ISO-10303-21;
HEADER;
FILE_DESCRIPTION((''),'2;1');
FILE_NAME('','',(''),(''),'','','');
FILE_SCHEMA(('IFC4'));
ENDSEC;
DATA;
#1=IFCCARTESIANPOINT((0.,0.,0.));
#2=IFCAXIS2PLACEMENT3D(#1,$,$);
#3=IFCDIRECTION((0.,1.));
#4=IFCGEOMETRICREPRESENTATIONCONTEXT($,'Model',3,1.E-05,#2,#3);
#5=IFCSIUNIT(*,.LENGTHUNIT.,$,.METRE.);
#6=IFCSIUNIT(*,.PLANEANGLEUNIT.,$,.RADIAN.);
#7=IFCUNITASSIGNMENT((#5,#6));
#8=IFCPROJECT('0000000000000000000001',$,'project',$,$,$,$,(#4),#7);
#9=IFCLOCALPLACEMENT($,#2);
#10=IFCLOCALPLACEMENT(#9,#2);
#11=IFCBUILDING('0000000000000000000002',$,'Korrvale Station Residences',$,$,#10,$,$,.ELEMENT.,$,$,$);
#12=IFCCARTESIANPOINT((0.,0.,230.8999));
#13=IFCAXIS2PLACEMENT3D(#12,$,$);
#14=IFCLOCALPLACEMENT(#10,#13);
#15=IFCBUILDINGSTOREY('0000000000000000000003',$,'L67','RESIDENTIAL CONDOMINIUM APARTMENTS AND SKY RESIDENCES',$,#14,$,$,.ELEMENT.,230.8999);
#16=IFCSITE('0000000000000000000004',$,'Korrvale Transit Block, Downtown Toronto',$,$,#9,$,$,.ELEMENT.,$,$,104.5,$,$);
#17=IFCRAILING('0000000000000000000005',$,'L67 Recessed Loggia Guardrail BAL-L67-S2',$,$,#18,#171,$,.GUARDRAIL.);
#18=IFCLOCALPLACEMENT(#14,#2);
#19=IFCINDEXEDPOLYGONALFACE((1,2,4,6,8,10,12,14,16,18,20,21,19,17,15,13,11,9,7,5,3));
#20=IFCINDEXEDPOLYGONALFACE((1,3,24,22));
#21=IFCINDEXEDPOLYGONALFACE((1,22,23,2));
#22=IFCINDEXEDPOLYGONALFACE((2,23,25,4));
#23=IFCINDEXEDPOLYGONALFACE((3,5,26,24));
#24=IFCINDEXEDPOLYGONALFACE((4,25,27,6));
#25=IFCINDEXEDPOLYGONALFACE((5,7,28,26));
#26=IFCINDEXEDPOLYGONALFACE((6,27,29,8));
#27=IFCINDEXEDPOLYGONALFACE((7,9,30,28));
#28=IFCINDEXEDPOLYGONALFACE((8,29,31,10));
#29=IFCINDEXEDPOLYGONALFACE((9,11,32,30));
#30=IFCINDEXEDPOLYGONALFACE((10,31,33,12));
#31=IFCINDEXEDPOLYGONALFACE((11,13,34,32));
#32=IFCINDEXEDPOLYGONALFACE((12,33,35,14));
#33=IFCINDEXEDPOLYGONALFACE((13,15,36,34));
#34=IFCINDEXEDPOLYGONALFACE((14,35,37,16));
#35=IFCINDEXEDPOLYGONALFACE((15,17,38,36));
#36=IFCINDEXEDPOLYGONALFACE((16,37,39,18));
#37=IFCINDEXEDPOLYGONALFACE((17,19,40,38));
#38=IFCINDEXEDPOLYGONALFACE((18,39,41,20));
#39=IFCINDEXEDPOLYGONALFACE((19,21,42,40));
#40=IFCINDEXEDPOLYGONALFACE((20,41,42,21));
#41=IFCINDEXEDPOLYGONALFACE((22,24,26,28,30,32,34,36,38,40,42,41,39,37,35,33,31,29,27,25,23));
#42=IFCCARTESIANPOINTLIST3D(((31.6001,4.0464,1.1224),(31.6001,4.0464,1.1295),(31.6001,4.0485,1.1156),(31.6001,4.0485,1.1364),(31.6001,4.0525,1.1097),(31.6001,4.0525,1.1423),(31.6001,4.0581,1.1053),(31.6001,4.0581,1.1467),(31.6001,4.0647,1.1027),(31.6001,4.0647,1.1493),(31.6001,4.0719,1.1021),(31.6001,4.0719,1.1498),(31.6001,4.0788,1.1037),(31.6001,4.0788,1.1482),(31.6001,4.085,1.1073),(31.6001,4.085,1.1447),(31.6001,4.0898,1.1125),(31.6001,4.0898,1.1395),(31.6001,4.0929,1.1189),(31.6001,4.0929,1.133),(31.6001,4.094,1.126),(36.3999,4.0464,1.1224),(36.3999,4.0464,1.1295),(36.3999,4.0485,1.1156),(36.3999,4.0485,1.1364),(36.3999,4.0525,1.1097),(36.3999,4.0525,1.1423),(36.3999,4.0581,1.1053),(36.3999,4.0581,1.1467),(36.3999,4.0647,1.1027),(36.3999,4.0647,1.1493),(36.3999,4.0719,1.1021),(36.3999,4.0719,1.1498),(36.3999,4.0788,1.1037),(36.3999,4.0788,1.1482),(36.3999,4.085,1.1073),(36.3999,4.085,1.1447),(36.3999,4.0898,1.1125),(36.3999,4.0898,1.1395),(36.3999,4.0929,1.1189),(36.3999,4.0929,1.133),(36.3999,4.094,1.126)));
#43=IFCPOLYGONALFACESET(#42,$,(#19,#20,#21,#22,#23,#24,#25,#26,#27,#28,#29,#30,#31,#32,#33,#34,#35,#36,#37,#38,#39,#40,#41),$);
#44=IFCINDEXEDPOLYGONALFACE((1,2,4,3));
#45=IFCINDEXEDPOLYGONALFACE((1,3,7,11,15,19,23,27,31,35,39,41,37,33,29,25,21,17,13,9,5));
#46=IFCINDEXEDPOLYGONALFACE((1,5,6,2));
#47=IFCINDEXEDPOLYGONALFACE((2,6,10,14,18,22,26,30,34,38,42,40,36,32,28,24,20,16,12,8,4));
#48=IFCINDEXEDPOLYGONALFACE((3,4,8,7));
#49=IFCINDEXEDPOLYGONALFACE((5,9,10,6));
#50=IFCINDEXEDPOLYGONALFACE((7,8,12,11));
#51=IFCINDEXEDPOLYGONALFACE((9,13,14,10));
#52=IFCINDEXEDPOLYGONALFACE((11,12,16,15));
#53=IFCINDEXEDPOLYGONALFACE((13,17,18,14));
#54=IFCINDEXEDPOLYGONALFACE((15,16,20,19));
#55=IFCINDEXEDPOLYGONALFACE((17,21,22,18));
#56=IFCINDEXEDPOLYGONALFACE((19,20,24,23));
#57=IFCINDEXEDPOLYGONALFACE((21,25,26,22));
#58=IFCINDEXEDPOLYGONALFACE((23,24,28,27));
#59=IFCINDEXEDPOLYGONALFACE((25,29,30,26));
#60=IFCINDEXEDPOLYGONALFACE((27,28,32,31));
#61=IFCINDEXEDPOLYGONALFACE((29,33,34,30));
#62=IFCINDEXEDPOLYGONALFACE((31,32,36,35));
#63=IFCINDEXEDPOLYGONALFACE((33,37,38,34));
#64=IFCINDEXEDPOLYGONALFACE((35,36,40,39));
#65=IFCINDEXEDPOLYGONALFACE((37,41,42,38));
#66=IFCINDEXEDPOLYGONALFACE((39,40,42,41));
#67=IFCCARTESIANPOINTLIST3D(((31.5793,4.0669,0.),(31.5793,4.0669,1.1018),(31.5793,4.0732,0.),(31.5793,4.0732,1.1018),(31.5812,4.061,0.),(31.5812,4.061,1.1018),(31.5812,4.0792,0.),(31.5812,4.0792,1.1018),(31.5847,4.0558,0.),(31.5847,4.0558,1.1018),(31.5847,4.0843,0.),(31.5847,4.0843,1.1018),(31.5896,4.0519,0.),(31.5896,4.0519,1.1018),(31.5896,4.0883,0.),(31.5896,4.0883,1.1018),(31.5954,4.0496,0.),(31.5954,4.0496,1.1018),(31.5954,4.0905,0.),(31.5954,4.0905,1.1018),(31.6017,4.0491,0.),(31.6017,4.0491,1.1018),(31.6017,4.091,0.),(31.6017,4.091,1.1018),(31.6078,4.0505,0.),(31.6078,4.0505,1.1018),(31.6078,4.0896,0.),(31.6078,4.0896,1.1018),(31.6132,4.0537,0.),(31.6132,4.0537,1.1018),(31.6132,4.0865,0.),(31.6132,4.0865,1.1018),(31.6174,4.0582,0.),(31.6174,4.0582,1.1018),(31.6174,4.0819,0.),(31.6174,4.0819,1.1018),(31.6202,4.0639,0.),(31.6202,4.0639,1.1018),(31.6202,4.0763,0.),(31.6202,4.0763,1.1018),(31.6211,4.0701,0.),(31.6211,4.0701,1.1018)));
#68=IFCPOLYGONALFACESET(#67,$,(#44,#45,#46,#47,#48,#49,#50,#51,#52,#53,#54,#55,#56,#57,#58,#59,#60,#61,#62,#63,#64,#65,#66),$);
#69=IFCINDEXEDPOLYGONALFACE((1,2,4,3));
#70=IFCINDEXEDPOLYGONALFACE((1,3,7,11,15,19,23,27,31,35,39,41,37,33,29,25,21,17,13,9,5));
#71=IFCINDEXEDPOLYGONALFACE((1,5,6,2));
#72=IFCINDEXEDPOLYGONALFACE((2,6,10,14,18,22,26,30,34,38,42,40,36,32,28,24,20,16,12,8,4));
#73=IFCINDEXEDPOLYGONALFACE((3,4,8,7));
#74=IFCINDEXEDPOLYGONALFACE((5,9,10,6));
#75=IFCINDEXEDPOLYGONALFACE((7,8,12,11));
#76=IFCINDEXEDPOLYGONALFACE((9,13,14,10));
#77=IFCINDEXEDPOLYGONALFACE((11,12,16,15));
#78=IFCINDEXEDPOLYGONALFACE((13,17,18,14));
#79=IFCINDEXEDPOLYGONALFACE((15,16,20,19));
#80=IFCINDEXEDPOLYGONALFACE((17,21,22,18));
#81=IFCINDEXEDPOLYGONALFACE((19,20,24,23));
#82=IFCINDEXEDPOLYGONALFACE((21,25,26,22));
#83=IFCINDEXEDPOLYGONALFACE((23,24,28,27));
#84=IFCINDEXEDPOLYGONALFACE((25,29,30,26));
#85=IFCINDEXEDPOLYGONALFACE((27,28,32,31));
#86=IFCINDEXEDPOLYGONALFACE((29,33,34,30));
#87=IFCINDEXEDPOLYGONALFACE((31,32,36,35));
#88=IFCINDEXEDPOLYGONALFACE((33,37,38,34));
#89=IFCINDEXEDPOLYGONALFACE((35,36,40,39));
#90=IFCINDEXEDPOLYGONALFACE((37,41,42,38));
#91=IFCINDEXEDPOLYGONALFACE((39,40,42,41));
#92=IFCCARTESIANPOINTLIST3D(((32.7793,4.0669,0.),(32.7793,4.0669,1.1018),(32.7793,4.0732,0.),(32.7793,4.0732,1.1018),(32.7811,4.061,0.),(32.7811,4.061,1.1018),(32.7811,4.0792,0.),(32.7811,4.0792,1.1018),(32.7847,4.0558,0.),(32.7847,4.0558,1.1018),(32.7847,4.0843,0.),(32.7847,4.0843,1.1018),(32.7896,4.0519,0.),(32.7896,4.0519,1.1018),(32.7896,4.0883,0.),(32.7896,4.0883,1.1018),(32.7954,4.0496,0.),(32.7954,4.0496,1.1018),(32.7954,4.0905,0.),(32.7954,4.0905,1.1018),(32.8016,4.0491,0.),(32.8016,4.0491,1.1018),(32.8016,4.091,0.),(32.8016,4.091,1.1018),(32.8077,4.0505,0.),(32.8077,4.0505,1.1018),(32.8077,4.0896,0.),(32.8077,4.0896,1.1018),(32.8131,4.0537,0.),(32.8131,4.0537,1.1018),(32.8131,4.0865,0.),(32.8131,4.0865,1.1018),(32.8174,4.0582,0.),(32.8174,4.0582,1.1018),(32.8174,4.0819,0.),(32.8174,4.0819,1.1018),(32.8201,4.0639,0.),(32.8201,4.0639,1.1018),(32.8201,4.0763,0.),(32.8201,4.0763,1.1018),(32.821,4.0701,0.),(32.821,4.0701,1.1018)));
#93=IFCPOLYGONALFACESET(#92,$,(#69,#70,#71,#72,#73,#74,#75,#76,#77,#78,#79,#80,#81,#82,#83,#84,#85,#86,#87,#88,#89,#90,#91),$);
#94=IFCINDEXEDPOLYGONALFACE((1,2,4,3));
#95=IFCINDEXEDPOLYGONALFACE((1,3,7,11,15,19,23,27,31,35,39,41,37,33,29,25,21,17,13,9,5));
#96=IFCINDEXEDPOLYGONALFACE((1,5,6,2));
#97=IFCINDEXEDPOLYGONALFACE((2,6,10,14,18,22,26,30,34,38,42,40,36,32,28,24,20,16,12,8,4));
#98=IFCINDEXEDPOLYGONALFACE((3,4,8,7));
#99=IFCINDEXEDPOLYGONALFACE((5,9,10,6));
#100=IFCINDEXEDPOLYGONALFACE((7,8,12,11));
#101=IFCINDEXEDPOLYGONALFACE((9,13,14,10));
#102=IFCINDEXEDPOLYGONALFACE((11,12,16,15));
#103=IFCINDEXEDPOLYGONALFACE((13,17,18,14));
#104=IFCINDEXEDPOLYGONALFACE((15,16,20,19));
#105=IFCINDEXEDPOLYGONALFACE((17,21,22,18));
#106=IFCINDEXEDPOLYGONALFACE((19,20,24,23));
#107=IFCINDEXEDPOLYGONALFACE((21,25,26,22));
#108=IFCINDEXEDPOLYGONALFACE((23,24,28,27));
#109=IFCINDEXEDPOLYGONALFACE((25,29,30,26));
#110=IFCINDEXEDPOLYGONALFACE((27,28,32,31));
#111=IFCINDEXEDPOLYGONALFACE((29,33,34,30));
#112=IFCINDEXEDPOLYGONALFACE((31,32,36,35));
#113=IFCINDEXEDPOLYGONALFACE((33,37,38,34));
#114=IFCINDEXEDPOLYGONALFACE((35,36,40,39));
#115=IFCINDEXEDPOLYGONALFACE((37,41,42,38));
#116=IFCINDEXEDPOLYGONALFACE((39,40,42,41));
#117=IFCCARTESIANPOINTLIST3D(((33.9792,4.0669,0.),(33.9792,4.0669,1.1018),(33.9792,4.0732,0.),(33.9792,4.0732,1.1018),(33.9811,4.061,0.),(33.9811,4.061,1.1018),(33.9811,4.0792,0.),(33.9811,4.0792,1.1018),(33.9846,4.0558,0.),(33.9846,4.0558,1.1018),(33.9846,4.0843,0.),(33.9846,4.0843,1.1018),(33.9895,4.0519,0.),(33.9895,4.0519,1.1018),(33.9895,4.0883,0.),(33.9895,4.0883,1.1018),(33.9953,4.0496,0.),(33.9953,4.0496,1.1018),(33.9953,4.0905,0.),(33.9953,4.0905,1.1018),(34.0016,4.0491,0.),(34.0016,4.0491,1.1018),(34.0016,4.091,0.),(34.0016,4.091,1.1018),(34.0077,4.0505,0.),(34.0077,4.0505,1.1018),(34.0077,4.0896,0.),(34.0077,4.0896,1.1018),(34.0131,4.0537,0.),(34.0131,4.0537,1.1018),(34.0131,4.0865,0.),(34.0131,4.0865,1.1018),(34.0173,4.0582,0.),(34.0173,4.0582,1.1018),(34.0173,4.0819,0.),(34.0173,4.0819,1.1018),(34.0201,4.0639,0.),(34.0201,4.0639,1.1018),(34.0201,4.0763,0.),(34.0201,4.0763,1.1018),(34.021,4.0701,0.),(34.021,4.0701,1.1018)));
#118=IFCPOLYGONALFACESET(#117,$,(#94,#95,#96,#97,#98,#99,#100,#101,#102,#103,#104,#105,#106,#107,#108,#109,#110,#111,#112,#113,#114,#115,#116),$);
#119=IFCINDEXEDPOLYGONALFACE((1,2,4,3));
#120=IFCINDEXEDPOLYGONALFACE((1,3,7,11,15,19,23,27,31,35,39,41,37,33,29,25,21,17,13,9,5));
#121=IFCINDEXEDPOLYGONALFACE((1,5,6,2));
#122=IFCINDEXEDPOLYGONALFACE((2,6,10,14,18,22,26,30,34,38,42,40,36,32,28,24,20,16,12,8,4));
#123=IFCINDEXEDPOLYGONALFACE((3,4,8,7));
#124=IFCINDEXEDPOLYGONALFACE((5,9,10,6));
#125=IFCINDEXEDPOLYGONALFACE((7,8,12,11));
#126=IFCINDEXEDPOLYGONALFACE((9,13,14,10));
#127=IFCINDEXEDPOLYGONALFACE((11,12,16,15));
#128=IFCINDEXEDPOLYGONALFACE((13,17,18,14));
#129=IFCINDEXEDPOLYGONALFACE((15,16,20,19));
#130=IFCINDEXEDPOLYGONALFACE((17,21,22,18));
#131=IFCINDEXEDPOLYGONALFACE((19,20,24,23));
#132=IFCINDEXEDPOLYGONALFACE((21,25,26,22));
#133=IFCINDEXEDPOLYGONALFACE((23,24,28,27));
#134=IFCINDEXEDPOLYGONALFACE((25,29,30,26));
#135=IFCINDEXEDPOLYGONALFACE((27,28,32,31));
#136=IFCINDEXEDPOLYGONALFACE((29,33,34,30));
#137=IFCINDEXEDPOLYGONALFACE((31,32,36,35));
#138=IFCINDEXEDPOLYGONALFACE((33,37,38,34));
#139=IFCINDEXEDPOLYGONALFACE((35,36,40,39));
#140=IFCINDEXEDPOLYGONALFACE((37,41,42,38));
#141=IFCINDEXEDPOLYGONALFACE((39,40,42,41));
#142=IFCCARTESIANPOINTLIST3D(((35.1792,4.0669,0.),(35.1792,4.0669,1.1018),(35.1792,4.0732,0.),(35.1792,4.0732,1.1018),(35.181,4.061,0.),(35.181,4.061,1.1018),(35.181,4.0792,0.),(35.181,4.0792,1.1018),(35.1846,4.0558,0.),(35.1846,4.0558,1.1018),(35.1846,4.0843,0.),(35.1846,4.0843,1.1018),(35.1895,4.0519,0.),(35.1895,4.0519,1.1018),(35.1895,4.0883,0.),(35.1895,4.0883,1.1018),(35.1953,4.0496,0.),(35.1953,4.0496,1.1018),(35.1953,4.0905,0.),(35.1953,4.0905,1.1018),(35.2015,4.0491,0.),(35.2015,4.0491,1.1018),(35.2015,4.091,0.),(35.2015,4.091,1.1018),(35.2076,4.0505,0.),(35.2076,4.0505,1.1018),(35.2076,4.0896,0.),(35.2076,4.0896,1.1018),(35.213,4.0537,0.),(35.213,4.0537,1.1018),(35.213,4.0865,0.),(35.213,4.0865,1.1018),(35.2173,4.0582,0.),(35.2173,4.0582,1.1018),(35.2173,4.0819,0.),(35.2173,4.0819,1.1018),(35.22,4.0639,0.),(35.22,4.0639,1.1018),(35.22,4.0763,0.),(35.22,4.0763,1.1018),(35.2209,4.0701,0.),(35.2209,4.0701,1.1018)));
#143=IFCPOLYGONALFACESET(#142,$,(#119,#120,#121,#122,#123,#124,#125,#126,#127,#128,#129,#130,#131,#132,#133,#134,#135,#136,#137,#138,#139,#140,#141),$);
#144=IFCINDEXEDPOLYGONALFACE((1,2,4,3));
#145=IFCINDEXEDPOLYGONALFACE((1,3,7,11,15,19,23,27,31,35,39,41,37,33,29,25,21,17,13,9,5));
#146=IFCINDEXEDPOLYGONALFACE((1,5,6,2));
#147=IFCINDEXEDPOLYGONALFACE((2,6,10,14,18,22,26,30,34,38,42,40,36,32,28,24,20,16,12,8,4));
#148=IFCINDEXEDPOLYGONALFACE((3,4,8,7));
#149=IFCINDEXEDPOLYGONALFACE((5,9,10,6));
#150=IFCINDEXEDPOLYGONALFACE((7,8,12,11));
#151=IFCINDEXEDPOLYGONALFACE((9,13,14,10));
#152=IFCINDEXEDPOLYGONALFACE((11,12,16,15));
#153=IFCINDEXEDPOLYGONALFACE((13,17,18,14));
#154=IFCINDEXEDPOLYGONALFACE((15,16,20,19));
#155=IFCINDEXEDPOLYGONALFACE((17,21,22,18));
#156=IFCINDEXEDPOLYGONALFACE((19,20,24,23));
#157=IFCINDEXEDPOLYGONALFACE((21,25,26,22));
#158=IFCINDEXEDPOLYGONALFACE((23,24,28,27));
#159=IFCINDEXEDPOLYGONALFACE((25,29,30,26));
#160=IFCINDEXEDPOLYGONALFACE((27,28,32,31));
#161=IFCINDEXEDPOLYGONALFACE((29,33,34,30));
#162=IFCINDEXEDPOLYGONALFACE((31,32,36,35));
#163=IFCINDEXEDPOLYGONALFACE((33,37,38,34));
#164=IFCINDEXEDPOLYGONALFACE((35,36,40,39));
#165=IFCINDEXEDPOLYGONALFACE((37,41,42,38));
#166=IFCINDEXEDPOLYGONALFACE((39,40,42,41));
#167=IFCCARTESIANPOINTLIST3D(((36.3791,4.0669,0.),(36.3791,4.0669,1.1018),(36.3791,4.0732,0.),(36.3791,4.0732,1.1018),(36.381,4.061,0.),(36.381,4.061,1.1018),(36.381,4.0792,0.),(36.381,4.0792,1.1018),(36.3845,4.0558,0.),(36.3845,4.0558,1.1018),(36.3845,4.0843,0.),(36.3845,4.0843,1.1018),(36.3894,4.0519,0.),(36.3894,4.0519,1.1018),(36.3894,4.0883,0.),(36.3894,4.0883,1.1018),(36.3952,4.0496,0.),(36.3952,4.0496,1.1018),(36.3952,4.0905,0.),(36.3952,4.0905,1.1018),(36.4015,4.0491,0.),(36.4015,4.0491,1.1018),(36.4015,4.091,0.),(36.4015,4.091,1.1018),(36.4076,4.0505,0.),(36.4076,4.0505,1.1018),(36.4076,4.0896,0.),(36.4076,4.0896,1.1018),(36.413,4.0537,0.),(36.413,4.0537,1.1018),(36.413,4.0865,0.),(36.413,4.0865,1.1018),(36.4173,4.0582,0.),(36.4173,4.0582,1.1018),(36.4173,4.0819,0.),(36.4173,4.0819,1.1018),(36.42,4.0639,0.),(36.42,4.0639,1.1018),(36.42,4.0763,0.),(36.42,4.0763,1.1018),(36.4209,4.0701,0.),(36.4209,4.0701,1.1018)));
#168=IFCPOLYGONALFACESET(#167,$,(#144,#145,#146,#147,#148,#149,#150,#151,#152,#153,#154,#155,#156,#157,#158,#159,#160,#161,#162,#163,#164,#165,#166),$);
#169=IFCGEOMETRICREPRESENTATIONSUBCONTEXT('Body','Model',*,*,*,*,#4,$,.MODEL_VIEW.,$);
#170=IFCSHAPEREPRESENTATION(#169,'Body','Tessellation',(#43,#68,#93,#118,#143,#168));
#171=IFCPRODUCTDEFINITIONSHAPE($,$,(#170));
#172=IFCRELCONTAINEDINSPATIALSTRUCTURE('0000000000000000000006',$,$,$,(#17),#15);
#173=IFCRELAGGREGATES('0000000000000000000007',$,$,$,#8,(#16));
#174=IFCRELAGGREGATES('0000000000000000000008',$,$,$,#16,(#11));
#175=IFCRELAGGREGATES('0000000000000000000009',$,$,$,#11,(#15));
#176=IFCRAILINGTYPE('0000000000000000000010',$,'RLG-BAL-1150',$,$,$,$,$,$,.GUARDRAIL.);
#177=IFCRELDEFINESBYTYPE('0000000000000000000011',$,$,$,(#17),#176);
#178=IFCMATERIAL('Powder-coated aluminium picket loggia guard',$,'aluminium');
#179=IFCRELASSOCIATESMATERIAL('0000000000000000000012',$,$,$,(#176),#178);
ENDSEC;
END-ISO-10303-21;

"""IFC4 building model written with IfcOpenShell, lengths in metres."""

from ifc_helpers import new_model, si_unit, direction, frame, origin, origin_2d, place, context, subcontext, project, spatial, circle, extrude, material, type_object, element, save


model = new_model("IFC4")

# Units and contexts
model_context = context("Model", 3, precision=1e-05, world=origin(), true_north=direction((0.0, 1.0)))
body_context = subcontext(model_context, "Body", "Model", "MODEL_VIEW")
ifc_project = project(units=[si_unit("LENGTHUNIT", "METRE"), si_unit("PLANEANGLEUNIT", "RADIAN")], contexts=[model_context])

# Site, building, storey
site_placement = place(None, origin())
site = spatial("IfcSite", under=ifc_project, at=site_placement, Name="Korrvale Transit Block, Downtown Toronto", CompositionType="ELEMENT", RefElevation=104.5)
building_placement = place(site_placement, origin())
building = spatial("IfcBuilding", under=site, at=building_placement, Name="Korrvale Station Residences", CompositionType="ELEMENT")
storey_placement = place(building_placement, frame((0.0, 0.0, 230.8999)))
storey = spatial("IfcBuildingStorey", under=building, at=storey_placement, Name="L67", Description="RESIDENTIAL CONDOMINIUM APARTMENTS AND SKY RESIDENCES", CompositionType="ELEMENT", Elevation=230.8999)

# Railing
ifc_material_1 = material(Name="Powder-coated aluminium picket loggia guard", Category="aluminium")
railing_type = type_object("IfcRailingType", Name="RLG-BAL-1150", PredefinedType="GUARDRAIL", material=ifc_material_1)
railing_placement = place(storey_placement, frame((31.6001, 4.0701, 0.0)))
element("IfcRailing", 1, at=railing_placement, inside=storey, type_object=railing_type, Name="L67 Recessed Loggia Guardrail BAL-L67-S2", PredefinedType="GUARDRAIL", context=body_context, shape_type="SweptSolid", body=[
    extrude(circle(Radius=0.0239, at=origin_2d()), frame((0.0, 0.0, 1.126), z_axis=(1.0, 0.0, 0.0), x_axis=(0.0, 1.0, 0.0)), (0.0, 0.0, 1.0), 4.7998),
    extrude(circle(Radius=0.021, at=origin_2d()), origin(), (0.0, 0.0, 1.0), 1.1018),
    extrude(circle(Radius=0.021, at=origin_2d()), frame((1.2, 0.0, 0.0)), (0.0, 0.0, 1.0), 1.1018),
    extrude(circle(Radius=0.021, at=origin_2d()), frame((2.3999, 0.0, 0.0)), (0.0, 0.0, 1.0), 1.1018),
    extrude(circle(Radius=0.021, at=origin_2d()), frame((3.5999, 0.0, 0.0)), (0.0, 0.0, 1.0), 1.1018),
    extrude(circle(Radius=0.021, at=origin_2d()), frame((4.7998, 0.0, 0.0)), (0.0, 0.0, 1.0), 1.1018),
])

save(model, "model.ifc")
